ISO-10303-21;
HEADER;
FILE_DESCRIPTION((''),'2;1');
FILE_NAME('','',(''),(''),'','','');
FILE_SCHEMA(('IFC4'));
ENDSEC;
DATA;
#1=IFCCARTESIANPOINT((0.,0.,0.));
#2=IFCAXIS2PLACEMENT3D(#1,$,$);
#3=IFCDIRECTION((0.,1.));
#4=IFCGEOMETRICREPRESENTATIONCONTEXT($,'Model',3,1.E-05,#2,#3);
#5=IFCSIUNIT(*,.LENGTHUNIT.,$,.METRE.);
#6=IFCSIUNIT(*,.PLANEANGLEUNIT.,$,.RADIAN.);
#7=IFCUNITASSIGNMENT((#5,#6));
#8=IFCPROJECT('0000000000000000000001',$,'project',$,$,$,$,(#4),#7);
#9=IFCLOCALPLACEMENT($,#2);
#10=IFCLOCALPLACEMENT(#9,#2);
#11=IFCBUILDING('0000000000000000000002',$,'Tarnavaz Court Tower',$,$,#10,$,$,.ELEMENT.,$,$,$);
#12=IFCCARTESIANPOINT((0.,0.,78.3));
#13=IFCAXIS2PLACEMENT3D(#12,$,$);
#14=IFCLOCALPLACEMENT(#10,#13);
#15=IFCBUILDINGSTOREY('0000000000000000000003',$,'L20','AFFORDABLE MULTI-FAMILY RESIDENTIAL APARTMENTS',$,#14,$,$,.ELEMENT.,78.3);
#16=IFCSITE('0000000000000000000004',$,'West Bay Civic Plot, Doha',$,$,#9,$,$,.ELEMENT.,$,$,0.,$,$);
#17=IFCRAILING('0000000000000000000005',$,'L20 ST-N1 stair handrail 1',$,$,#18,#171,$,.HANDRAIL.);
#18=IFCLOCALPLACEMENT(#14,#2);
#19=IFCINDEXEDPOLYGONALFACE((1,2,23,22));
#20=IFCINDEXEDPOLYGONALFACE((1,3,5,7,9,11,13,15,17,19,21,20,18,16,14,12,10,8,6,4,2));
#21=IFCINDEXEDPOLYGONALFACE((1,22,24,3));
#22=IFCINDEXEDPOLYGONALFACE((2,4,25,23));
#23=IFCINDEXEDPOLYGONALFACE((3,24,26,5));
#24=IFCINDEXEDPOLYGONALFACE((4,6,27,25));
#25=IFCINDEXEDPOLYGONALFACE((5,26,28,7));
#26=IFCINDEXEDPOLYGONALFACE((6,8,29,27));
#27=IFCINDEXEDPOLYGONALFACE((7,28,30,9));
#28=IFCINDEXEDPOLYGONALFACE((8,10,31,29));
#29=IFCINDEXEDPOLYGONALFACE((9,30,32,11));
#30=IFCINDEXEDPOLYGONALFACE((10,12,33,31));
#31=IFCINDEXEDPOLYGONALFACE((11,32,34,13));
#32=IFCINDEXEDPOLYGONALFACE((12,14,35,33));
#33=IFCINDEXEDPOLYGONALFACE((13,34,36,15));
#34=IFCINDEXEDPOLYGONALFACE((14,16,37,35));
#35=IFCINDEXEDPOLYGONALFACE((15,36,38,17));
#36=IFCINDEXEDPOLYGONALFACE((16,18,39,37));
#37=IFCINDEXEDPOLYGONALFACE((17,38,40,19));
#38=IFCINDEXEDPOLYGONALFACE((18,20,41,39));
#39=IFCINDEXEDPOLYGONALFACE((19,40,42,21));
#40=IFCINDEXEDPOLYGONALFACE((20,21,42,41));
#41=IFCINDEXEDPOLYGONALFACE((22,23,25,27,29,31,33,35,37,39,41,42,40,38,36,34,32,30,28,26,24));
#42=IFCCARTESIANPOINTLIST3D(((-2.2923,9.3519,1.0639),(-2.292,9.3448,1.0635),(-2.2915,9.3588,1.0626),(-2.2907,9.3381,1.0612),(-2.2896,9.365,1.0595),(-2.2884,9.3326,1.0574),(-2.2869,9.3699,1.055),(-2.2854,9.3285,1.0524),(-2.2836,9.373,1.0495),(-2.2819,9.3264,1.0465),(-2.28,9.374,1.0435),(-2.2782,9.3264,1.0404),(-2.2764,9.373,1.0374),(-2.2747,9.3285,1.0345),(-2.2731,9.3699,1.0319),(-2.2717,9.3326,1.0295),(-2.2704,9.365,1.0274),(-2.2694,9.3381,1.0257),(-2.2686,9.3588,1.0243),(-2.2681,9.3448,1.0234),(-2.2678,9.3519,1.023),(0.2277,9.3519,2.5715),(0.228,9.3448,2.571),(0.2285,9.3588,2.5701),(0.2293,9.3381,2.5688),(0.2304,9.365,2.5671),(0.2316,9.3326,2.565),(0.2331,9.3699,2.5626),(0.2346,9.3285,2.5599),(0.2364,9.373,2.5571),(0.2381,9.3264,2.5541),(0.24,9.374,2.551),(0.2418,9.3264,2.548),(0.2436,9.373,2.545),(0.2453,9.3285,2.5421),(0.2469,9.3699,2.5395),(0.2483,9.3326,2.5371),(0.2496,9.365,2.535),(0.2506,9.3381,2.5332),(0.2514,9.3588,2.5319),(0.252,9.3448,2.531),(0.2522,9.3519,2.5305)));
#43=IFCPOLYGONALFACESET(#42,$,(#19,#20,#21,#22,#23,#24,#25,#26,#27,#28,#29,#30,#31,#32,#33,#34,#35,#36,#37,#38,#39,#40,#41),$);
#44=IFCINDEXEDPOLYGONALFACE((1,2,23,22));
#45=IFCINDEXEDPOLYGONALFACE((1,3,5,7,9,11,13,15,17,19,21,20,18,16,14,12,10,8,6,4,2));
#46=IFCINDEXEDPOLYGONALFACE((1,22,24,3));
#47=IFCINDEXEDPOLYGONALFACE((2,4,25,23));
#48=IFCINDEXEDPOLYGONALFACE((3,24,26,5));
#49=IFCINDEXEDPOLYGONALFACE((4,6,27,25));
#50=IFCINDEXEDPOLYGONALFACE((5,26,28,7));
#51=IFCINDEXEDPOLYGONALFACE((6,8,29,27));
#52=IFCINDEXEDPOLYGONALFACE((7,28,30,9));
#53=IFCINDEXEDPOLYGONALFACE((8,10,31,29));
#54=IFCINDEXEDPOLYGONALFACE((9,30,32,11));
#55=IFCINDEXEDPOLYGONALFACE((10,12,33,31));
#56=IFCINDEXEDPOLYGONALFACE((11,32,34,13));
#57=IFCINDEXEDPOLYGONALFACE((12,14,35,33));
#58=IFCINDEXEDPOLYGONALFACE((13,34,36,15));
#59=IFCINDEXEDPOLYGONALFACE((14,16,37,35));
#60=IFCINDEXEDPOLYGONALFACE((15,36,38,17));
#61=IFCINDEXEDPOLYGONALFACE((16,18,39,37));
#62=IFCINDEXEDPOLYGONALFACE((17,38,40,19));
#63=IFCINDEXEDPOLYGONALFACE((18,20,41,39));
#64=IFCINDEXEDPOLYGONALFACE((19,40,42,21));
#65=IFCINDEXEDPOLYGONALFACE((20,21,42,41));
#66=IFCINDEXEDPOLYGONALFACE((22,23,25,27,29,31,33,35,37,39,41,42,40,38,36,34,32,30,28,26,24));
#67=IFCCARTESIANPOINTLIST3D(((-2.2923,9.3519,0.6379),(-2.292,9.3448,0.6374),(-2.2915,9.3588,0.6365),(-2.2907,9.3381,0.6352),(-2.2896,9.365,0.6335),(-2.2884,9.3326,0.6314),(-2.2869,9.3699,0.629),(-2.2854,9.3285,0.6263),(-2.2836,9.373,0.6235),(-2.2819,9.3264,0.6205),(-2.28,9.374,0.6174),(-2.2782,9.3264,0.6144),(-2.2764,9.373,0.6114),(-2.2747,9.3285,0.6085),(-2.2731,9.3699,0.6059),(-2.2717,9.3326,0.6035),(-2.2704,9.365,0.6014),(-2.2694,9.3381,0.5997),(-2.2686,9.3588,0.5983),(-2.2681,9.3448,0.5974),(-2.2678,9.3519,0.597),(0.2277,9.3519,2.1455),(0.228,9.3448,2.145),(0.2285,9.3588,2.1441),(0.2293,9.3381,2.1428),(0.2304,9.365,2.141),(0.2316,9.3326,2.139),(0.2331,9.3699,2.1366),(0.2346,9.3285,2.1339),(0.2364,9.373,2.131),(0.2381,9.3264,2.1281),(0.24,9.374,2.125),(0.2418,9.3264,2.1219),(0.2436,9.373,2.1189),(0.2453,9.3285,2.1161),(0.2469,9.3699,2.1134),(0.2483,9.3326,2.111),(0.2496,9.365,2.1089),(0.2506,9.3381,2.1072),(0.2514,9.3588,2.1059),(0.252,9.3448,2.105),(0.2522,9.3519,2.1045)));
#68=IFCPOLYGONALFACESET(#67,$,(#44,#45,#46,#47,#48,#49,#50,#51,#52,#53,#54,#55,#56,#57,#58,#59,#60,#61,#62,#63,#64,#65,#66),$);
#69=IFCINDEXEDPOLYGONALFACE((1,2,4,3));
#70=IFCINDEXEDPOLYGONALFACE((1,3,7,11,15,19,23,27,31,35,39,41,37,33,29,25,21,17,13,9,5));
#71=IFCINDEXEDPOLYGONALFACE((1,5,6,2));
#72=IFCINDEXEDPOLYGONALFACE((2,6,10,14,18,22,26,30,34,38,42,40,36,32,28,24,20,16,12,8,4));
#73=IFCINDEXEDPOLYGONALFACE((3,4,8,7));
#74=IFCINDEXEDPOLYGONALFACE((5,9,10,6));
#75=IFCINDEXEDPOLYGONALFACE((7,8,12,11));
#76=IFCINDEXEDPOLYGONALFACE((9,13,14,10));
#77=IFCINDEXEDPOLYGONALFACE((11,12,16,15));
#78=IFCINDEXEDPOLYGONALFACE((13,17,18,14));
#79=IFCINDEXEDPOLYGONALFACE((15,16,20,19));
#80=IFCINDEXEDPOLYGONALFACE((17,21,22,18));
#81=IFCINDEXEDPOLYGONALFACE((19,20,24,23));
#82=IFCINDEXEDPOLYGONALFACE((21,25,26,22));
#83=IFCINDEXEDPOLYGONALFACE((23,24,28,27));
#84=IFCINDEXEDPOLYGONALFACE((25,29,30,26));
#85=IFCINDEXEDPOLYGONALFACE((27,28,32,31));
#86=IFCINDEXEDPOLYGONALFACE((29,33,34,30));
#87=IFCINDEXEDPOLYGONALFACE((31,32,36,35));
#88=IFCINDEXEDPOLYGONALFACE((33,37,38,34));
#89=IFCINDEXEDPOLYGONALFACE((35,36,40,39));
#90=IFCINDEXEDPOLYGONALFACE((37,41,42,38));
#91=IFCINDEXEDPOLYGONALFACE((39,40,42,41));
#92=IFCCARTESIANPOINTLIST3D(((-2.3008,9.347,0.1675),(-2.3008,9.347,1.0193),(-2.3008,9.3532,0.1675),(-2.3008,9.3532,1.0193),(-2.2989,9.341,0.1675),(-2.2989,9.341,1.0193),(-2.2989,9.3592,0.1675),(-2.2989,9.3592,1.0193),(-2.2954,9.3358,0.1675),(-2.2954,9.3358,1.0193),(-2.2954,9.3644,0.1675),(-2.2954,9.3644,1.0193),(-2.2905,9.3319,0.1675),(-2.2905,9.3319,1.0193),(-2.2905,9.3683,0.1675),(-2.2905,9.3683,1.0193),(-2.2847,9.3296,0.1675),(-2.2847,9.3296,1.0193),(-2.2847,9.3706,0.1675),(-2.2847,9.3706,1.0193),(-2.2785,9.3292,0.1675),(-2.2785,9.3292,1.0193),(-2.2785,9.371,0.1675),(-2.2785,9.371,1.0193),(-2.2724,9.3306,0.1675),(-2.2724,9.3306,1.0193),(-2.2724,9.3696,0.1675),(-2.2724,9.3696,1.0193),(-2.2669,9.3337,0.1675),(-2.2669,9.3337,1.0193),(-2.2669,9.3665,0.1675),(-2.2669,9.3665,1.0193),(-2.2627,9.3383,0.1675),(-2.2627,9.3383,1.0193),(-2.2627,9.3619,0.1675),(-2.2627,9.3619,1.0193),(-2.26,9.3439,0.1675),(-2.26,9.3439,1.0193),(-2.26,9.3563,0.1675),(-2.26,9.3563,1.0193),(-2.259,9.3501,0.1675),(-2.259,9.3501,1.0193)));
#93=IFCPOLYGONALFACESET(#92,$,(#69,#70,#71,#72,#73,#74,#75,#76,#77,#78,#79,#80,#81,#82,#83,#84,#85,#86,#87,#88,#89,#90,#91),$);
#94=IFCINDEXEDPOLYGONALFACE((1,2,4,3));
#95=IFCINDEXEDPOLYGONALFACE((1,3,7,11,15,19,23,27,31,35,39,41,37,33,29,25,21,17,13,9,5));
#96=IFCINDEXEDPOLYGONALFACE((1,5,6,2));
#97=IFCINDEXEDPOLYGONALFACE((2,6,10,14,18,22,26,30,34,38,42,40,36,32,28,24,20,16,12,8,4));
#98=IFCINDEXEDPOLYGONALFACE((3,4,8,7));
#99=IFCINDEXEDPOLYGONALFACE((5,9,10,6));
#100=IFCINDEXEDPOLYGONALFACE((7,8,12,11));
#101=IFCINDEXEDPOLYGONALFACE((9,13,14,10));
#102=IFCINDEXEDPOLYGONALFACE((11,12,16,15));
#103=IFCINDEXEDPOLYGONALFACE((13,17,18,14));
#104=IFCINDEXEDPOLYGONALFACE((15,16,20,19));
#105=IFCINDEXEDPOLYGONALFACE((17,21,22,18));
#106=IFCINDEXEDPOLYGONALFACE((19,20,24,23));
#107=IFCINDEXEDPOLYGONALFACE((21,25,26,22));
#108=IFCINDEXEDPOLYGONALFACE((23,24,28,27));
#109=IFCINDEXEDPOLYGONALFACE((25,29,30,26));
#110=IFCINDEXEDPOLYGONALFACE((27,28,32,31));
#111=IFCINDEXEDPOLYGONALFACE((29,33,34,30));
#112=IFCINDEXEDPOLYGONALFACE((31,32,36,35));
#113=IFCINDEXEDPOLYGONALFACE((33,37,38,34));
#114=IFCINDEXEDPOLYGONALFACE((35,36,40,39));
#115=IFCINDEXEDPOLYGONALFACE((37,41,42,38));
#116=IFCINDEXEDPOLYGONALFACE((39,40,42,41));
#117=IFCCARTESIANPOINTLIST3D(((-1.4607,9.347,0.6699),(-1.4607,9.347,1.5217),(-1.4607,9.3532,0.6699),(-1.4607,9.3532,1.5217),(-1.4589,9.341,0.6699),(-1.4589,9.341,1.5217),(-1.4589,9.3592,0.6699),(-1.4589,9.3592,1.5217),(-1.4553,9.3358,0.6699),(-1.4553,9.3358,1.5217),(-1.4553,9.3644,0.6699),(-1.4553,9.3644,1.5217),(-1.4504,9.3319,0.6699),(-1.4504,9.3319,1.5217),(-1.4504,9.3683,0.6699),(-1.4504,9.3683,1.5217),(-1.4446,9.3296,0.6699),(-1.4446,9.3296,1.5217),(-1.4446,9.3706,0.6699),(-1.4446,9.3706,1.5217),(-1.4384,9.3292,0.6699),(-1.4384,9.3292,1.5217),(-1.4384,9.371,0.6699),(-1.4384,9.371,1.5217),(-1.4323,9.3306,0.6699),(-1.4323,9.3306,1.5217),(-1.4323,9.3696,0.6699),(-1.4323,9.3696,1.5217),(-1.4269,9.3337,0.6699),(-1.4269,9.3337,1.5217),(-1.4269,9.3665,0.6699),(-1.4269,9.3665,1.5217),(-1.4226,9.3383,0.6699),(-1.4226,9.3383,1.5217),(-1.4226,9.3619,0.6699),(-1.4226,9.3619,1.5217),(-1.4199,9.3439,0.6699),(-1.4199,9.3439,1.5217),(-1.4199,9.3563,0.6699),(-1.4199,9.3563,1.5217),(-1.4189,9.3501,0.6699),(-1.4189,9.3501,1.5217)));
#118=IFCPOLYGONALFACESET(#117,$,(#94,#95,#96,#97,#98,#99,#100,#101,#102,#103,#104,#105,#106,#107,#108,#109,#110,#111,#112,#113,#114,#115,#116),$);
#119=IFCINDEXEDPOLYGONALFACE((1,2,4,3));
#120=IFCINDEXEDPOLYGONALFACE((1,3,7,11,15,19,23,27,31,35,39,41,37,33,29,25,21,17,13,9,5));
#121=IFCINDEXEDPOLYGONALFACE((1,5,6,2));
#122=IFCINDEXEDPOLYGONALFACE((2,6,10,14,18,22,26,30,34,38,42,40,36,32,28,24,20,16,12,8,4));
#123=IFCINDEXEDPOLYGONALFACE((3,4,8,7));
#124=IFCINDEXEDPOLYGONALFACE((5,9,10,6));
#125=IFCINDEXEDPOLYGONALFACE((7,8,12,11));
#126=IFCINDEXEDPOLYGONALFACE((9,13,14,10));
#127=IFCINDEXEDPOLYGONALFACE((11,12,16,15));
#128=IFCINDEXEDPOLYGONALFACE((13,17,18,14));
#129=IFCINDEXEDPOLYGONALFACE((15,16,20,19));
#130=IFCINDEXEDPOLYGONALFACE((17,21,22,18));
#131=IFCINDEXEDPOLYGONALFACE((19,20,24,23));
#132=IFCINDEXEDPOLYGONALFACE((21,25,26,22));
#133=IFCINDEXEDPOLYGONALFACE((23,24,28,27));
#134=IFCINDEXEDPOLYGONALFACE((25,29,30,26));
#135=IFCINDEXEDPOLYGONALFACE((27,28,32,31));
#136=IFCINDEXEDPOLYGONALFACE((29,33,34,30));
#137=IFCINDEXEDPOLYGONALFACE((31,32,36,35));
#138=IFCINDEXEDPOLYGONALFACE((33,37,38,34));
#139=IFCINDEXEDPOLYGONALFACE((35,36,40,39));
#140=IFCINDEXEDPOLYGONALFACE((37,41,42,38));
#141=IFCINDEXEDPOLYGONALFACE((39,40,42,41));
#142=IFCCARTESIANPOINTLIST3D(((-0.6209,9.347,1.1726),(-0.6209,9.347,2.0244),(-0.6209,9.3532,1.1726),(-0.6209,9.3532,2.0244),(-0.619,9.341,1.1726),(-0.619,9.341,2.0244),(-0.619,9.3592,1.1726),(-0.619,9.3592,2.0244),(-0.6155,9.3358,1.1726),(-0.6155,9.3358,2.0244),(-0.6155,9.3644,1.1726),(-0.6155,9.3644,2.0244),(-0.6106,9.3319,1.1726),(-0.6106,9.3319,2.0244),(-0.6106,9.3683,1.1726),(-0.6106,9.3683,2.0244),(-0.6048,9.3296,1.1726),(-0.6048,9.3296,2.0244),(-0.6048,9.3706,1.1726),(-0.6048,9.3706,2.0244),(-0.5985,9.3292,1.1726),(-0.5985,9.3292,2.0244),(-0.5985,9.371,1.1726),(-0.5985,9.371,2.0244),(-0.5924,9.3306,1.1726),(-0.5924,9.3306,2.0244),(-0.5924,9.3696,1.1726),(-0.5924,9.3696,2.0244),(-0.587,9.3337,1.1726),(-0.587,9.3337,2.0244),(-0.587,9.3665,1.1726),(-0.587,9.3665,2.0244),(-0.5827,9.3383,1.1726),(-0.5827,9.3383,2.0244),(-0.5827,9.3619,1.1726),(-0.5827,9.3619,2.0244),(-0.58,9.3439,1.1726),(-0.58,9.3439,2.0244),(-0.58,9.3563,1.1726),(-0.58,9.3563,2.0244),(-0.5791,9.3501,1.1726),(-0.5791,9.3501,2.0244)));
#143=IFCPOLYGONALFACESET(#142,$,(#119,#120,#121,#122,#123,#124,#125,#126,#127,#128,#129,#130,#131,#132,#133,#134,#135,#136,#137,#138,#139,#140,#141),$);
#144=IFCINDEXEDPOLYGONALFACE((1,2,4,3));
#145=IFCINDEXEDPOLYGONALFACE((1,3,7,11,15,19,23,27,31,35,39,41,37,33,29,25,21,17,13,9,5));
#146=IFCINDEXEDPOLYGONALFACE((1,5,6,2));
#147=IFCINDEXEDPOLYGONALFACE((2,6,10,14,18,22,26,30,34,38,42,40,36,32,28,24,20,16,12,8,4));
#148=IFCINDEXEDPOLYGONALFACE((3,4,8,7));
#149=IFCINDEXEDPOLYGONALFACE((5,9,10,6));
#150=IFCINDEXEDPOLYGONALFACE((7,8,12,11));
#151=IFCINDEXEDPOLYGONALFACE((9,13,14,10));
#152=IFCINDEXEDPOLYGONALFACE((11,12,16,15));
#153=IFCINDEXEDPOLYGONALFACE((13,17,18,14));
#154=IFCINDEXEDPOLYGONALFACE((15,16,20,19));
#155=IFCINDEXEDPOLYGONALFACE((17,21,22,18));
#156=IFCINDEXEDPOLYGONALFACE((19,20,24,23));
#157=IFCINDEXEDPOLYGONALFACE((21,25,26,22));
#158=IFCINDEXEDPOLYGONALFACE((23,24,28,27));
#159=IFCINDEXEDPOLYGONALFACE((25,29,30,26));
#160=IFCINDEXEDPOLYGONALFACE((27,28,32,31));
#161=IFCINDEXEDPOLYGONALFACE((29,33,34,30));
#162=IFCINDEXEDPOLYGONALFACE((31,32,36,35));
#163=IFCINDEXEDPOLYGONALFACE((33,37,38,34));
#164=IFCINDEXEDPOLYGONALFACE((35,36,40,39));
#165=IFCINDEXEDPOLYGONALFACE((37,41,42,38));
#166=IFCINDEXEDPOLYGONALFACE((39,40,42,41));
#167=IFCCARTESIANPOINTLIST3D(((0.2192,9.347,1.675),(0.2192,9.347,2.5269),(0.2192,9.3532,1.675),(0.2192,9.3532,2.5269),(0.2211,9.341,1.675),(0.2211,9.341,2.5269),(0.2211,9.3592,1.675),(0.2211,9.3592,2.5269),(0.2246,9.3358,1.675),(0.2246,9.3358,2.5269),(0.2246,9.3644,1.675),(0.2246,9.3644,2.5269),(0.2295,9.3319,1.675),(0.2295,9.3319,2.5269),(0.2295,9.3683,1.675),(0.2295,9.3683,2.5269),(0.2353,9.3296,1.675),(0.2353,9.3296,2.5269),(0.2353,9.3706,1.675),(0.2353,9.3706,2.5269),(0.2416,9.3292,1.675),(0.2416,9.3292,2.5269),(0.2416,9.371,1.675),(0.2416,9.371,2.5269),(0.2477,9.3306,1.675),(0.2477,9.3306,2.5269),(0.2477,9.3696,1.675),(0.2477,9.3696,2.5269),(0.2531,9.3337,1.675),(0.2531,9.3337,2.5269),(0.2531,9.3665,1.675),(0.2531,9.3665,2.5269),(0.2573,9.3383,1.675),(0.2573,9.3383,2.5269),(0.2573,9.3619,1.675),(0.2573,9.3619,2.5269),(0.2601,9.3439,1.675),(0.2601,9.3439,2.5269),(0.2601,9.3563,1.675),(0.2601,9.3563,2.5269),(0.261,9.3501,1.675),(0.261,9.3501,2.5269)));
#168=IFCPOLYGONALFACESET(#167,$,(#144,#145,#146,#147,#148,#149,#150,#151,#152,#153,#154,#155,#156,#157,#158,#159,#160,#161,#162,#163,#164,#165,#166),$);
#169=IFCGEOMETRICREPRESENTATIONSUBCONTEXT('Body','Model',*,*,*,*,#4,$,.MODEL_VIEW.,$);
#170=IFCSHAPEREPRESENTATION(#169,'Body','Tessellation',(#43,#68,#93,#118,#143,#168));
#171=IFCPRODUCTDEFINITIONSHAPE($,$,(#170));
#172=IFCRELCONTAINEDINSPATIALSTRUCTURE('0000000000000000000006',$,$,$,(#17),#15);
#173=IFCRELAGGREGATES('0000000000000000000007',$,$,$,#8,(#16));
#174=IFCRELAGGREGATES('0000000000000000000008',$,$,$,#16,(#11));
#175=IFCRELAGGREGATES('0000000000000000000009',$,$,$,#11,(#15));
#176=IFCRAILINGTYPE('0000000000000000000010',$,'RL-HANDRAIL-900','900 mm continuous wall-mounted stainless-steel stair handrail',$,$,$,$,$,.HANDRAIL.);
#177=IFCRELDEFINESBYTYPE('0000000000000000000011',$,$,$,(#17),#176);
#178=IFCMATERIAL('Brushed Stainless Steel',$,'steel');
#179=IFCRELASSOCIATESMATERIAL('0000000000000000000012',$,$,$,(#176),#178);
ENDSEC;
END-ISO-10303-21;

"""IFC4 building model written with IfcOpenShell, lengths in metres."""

from ifc_helpers import new_model, si_unit, direction, frame, origin, origin_2d, place, context, subcontext, project, spatial, circle, extrude, material, type_object, element, save


model = new_model("IFC4")

# Units and contexts
model_context = context("Model", 3, precision=1e-05, world=origin(), true_north=direction((0.0, 1.0)))
body_context = subcontext(model_context, "Body", "Model", "MODEL_VIEW")
ifc_project = project(units=[si_unit("LENGTHUNIT", "METRE"), si_unit("PLANEANGLEUNIT", "RADIAN")], contexts=[model_context])

# Site, building, storey
site_placement = place(None, origin())
site = spatial("IfcSite", under=ifc_project, at=site_placement, Name="West Bay Civic Plot, Doha", CompositionType="ELEMENT", RefElevation=0.0)
building_placement = place(site_placement, origin())
building = spatial("IfcBuilding", under=site, at=building_placement, Name="Tarnavaz Court Tower", CompositionType="ELEMENT")
storey_placement = place(building_placement, frame((0.0, 0.0, 78.3)))
storey = spatial("IfcBuildingStorey", under=building, at=storey_placement, Name="L20", Description="AFFORDABLE MULTI-FAMILY RESIDENTIAL APARTMENTS", CompositionType="ELEMENT", Elevation=78.3)

# Railing
ifc_material_1 = material(Name="Brushed Stainless Steel", Category="steel")
railing_type_1 = type_object("IfcRailingType", Name="RL-HANDRAIL-900", Description="900 mm continuous wall-mounted stainless-steel stair handrail", PredefinedType="HANDRAIL", material=ifc_material_1)
railing_1_placement = place(storey_placement, frame((-2.28, 9.3501, 0.1675)))
element("IfcRailing", 1, at=railing_1_placement, inside=storey, type_object=railing_type_1, Name="L20 ST-N1 stair handrail 1", PredefinedType="HANDRAIL", context=body_context, shape_type="SweptSolid", body=[
    extrude(circle(Radius=0.0239, at=origin_2d()), frame((0.0, 0.0, 0.876), z_axis=(0.85816, 0.0, 0.513383), x_axis=(0.0, 1.0, 0.0)), (0.0, 0.0, 1.0), 2.9365),
    extrude(circle(Radius=0.0239, at=origin_2d()), frame((0.0, 0.0, 0.45), z_axis=(0.85816, 0.0, 0.513383), x_axis=(0.0, 1.0, 0.0)), (0.0, 0.0, 1.0), 2.9365),
    extrude(circle(Radius=0.021, at=origin_2d()), origin(), (0.0, 0.0, 1.0), 0.8518),
    extrude(circle(Radius=0.021, at=origin_2d()), frame((0.8401, 0.0, 0.5024)), (0.0, 0.0, 1.0), 0.8518),
    extrude(circle(Radius=0.021, at=origin_2d()), frame((1.6799, 0.0, 1.0051)), (0.0, 0.0, 1.0), 0.8518),
    extrude(circle(Radius=0.021, at=origin_2d()), frame((2.52, 0.0, 1.5076)), (0.0, 0.0, 1.0), 0.8518),
])

save(model, "model.ifc")
